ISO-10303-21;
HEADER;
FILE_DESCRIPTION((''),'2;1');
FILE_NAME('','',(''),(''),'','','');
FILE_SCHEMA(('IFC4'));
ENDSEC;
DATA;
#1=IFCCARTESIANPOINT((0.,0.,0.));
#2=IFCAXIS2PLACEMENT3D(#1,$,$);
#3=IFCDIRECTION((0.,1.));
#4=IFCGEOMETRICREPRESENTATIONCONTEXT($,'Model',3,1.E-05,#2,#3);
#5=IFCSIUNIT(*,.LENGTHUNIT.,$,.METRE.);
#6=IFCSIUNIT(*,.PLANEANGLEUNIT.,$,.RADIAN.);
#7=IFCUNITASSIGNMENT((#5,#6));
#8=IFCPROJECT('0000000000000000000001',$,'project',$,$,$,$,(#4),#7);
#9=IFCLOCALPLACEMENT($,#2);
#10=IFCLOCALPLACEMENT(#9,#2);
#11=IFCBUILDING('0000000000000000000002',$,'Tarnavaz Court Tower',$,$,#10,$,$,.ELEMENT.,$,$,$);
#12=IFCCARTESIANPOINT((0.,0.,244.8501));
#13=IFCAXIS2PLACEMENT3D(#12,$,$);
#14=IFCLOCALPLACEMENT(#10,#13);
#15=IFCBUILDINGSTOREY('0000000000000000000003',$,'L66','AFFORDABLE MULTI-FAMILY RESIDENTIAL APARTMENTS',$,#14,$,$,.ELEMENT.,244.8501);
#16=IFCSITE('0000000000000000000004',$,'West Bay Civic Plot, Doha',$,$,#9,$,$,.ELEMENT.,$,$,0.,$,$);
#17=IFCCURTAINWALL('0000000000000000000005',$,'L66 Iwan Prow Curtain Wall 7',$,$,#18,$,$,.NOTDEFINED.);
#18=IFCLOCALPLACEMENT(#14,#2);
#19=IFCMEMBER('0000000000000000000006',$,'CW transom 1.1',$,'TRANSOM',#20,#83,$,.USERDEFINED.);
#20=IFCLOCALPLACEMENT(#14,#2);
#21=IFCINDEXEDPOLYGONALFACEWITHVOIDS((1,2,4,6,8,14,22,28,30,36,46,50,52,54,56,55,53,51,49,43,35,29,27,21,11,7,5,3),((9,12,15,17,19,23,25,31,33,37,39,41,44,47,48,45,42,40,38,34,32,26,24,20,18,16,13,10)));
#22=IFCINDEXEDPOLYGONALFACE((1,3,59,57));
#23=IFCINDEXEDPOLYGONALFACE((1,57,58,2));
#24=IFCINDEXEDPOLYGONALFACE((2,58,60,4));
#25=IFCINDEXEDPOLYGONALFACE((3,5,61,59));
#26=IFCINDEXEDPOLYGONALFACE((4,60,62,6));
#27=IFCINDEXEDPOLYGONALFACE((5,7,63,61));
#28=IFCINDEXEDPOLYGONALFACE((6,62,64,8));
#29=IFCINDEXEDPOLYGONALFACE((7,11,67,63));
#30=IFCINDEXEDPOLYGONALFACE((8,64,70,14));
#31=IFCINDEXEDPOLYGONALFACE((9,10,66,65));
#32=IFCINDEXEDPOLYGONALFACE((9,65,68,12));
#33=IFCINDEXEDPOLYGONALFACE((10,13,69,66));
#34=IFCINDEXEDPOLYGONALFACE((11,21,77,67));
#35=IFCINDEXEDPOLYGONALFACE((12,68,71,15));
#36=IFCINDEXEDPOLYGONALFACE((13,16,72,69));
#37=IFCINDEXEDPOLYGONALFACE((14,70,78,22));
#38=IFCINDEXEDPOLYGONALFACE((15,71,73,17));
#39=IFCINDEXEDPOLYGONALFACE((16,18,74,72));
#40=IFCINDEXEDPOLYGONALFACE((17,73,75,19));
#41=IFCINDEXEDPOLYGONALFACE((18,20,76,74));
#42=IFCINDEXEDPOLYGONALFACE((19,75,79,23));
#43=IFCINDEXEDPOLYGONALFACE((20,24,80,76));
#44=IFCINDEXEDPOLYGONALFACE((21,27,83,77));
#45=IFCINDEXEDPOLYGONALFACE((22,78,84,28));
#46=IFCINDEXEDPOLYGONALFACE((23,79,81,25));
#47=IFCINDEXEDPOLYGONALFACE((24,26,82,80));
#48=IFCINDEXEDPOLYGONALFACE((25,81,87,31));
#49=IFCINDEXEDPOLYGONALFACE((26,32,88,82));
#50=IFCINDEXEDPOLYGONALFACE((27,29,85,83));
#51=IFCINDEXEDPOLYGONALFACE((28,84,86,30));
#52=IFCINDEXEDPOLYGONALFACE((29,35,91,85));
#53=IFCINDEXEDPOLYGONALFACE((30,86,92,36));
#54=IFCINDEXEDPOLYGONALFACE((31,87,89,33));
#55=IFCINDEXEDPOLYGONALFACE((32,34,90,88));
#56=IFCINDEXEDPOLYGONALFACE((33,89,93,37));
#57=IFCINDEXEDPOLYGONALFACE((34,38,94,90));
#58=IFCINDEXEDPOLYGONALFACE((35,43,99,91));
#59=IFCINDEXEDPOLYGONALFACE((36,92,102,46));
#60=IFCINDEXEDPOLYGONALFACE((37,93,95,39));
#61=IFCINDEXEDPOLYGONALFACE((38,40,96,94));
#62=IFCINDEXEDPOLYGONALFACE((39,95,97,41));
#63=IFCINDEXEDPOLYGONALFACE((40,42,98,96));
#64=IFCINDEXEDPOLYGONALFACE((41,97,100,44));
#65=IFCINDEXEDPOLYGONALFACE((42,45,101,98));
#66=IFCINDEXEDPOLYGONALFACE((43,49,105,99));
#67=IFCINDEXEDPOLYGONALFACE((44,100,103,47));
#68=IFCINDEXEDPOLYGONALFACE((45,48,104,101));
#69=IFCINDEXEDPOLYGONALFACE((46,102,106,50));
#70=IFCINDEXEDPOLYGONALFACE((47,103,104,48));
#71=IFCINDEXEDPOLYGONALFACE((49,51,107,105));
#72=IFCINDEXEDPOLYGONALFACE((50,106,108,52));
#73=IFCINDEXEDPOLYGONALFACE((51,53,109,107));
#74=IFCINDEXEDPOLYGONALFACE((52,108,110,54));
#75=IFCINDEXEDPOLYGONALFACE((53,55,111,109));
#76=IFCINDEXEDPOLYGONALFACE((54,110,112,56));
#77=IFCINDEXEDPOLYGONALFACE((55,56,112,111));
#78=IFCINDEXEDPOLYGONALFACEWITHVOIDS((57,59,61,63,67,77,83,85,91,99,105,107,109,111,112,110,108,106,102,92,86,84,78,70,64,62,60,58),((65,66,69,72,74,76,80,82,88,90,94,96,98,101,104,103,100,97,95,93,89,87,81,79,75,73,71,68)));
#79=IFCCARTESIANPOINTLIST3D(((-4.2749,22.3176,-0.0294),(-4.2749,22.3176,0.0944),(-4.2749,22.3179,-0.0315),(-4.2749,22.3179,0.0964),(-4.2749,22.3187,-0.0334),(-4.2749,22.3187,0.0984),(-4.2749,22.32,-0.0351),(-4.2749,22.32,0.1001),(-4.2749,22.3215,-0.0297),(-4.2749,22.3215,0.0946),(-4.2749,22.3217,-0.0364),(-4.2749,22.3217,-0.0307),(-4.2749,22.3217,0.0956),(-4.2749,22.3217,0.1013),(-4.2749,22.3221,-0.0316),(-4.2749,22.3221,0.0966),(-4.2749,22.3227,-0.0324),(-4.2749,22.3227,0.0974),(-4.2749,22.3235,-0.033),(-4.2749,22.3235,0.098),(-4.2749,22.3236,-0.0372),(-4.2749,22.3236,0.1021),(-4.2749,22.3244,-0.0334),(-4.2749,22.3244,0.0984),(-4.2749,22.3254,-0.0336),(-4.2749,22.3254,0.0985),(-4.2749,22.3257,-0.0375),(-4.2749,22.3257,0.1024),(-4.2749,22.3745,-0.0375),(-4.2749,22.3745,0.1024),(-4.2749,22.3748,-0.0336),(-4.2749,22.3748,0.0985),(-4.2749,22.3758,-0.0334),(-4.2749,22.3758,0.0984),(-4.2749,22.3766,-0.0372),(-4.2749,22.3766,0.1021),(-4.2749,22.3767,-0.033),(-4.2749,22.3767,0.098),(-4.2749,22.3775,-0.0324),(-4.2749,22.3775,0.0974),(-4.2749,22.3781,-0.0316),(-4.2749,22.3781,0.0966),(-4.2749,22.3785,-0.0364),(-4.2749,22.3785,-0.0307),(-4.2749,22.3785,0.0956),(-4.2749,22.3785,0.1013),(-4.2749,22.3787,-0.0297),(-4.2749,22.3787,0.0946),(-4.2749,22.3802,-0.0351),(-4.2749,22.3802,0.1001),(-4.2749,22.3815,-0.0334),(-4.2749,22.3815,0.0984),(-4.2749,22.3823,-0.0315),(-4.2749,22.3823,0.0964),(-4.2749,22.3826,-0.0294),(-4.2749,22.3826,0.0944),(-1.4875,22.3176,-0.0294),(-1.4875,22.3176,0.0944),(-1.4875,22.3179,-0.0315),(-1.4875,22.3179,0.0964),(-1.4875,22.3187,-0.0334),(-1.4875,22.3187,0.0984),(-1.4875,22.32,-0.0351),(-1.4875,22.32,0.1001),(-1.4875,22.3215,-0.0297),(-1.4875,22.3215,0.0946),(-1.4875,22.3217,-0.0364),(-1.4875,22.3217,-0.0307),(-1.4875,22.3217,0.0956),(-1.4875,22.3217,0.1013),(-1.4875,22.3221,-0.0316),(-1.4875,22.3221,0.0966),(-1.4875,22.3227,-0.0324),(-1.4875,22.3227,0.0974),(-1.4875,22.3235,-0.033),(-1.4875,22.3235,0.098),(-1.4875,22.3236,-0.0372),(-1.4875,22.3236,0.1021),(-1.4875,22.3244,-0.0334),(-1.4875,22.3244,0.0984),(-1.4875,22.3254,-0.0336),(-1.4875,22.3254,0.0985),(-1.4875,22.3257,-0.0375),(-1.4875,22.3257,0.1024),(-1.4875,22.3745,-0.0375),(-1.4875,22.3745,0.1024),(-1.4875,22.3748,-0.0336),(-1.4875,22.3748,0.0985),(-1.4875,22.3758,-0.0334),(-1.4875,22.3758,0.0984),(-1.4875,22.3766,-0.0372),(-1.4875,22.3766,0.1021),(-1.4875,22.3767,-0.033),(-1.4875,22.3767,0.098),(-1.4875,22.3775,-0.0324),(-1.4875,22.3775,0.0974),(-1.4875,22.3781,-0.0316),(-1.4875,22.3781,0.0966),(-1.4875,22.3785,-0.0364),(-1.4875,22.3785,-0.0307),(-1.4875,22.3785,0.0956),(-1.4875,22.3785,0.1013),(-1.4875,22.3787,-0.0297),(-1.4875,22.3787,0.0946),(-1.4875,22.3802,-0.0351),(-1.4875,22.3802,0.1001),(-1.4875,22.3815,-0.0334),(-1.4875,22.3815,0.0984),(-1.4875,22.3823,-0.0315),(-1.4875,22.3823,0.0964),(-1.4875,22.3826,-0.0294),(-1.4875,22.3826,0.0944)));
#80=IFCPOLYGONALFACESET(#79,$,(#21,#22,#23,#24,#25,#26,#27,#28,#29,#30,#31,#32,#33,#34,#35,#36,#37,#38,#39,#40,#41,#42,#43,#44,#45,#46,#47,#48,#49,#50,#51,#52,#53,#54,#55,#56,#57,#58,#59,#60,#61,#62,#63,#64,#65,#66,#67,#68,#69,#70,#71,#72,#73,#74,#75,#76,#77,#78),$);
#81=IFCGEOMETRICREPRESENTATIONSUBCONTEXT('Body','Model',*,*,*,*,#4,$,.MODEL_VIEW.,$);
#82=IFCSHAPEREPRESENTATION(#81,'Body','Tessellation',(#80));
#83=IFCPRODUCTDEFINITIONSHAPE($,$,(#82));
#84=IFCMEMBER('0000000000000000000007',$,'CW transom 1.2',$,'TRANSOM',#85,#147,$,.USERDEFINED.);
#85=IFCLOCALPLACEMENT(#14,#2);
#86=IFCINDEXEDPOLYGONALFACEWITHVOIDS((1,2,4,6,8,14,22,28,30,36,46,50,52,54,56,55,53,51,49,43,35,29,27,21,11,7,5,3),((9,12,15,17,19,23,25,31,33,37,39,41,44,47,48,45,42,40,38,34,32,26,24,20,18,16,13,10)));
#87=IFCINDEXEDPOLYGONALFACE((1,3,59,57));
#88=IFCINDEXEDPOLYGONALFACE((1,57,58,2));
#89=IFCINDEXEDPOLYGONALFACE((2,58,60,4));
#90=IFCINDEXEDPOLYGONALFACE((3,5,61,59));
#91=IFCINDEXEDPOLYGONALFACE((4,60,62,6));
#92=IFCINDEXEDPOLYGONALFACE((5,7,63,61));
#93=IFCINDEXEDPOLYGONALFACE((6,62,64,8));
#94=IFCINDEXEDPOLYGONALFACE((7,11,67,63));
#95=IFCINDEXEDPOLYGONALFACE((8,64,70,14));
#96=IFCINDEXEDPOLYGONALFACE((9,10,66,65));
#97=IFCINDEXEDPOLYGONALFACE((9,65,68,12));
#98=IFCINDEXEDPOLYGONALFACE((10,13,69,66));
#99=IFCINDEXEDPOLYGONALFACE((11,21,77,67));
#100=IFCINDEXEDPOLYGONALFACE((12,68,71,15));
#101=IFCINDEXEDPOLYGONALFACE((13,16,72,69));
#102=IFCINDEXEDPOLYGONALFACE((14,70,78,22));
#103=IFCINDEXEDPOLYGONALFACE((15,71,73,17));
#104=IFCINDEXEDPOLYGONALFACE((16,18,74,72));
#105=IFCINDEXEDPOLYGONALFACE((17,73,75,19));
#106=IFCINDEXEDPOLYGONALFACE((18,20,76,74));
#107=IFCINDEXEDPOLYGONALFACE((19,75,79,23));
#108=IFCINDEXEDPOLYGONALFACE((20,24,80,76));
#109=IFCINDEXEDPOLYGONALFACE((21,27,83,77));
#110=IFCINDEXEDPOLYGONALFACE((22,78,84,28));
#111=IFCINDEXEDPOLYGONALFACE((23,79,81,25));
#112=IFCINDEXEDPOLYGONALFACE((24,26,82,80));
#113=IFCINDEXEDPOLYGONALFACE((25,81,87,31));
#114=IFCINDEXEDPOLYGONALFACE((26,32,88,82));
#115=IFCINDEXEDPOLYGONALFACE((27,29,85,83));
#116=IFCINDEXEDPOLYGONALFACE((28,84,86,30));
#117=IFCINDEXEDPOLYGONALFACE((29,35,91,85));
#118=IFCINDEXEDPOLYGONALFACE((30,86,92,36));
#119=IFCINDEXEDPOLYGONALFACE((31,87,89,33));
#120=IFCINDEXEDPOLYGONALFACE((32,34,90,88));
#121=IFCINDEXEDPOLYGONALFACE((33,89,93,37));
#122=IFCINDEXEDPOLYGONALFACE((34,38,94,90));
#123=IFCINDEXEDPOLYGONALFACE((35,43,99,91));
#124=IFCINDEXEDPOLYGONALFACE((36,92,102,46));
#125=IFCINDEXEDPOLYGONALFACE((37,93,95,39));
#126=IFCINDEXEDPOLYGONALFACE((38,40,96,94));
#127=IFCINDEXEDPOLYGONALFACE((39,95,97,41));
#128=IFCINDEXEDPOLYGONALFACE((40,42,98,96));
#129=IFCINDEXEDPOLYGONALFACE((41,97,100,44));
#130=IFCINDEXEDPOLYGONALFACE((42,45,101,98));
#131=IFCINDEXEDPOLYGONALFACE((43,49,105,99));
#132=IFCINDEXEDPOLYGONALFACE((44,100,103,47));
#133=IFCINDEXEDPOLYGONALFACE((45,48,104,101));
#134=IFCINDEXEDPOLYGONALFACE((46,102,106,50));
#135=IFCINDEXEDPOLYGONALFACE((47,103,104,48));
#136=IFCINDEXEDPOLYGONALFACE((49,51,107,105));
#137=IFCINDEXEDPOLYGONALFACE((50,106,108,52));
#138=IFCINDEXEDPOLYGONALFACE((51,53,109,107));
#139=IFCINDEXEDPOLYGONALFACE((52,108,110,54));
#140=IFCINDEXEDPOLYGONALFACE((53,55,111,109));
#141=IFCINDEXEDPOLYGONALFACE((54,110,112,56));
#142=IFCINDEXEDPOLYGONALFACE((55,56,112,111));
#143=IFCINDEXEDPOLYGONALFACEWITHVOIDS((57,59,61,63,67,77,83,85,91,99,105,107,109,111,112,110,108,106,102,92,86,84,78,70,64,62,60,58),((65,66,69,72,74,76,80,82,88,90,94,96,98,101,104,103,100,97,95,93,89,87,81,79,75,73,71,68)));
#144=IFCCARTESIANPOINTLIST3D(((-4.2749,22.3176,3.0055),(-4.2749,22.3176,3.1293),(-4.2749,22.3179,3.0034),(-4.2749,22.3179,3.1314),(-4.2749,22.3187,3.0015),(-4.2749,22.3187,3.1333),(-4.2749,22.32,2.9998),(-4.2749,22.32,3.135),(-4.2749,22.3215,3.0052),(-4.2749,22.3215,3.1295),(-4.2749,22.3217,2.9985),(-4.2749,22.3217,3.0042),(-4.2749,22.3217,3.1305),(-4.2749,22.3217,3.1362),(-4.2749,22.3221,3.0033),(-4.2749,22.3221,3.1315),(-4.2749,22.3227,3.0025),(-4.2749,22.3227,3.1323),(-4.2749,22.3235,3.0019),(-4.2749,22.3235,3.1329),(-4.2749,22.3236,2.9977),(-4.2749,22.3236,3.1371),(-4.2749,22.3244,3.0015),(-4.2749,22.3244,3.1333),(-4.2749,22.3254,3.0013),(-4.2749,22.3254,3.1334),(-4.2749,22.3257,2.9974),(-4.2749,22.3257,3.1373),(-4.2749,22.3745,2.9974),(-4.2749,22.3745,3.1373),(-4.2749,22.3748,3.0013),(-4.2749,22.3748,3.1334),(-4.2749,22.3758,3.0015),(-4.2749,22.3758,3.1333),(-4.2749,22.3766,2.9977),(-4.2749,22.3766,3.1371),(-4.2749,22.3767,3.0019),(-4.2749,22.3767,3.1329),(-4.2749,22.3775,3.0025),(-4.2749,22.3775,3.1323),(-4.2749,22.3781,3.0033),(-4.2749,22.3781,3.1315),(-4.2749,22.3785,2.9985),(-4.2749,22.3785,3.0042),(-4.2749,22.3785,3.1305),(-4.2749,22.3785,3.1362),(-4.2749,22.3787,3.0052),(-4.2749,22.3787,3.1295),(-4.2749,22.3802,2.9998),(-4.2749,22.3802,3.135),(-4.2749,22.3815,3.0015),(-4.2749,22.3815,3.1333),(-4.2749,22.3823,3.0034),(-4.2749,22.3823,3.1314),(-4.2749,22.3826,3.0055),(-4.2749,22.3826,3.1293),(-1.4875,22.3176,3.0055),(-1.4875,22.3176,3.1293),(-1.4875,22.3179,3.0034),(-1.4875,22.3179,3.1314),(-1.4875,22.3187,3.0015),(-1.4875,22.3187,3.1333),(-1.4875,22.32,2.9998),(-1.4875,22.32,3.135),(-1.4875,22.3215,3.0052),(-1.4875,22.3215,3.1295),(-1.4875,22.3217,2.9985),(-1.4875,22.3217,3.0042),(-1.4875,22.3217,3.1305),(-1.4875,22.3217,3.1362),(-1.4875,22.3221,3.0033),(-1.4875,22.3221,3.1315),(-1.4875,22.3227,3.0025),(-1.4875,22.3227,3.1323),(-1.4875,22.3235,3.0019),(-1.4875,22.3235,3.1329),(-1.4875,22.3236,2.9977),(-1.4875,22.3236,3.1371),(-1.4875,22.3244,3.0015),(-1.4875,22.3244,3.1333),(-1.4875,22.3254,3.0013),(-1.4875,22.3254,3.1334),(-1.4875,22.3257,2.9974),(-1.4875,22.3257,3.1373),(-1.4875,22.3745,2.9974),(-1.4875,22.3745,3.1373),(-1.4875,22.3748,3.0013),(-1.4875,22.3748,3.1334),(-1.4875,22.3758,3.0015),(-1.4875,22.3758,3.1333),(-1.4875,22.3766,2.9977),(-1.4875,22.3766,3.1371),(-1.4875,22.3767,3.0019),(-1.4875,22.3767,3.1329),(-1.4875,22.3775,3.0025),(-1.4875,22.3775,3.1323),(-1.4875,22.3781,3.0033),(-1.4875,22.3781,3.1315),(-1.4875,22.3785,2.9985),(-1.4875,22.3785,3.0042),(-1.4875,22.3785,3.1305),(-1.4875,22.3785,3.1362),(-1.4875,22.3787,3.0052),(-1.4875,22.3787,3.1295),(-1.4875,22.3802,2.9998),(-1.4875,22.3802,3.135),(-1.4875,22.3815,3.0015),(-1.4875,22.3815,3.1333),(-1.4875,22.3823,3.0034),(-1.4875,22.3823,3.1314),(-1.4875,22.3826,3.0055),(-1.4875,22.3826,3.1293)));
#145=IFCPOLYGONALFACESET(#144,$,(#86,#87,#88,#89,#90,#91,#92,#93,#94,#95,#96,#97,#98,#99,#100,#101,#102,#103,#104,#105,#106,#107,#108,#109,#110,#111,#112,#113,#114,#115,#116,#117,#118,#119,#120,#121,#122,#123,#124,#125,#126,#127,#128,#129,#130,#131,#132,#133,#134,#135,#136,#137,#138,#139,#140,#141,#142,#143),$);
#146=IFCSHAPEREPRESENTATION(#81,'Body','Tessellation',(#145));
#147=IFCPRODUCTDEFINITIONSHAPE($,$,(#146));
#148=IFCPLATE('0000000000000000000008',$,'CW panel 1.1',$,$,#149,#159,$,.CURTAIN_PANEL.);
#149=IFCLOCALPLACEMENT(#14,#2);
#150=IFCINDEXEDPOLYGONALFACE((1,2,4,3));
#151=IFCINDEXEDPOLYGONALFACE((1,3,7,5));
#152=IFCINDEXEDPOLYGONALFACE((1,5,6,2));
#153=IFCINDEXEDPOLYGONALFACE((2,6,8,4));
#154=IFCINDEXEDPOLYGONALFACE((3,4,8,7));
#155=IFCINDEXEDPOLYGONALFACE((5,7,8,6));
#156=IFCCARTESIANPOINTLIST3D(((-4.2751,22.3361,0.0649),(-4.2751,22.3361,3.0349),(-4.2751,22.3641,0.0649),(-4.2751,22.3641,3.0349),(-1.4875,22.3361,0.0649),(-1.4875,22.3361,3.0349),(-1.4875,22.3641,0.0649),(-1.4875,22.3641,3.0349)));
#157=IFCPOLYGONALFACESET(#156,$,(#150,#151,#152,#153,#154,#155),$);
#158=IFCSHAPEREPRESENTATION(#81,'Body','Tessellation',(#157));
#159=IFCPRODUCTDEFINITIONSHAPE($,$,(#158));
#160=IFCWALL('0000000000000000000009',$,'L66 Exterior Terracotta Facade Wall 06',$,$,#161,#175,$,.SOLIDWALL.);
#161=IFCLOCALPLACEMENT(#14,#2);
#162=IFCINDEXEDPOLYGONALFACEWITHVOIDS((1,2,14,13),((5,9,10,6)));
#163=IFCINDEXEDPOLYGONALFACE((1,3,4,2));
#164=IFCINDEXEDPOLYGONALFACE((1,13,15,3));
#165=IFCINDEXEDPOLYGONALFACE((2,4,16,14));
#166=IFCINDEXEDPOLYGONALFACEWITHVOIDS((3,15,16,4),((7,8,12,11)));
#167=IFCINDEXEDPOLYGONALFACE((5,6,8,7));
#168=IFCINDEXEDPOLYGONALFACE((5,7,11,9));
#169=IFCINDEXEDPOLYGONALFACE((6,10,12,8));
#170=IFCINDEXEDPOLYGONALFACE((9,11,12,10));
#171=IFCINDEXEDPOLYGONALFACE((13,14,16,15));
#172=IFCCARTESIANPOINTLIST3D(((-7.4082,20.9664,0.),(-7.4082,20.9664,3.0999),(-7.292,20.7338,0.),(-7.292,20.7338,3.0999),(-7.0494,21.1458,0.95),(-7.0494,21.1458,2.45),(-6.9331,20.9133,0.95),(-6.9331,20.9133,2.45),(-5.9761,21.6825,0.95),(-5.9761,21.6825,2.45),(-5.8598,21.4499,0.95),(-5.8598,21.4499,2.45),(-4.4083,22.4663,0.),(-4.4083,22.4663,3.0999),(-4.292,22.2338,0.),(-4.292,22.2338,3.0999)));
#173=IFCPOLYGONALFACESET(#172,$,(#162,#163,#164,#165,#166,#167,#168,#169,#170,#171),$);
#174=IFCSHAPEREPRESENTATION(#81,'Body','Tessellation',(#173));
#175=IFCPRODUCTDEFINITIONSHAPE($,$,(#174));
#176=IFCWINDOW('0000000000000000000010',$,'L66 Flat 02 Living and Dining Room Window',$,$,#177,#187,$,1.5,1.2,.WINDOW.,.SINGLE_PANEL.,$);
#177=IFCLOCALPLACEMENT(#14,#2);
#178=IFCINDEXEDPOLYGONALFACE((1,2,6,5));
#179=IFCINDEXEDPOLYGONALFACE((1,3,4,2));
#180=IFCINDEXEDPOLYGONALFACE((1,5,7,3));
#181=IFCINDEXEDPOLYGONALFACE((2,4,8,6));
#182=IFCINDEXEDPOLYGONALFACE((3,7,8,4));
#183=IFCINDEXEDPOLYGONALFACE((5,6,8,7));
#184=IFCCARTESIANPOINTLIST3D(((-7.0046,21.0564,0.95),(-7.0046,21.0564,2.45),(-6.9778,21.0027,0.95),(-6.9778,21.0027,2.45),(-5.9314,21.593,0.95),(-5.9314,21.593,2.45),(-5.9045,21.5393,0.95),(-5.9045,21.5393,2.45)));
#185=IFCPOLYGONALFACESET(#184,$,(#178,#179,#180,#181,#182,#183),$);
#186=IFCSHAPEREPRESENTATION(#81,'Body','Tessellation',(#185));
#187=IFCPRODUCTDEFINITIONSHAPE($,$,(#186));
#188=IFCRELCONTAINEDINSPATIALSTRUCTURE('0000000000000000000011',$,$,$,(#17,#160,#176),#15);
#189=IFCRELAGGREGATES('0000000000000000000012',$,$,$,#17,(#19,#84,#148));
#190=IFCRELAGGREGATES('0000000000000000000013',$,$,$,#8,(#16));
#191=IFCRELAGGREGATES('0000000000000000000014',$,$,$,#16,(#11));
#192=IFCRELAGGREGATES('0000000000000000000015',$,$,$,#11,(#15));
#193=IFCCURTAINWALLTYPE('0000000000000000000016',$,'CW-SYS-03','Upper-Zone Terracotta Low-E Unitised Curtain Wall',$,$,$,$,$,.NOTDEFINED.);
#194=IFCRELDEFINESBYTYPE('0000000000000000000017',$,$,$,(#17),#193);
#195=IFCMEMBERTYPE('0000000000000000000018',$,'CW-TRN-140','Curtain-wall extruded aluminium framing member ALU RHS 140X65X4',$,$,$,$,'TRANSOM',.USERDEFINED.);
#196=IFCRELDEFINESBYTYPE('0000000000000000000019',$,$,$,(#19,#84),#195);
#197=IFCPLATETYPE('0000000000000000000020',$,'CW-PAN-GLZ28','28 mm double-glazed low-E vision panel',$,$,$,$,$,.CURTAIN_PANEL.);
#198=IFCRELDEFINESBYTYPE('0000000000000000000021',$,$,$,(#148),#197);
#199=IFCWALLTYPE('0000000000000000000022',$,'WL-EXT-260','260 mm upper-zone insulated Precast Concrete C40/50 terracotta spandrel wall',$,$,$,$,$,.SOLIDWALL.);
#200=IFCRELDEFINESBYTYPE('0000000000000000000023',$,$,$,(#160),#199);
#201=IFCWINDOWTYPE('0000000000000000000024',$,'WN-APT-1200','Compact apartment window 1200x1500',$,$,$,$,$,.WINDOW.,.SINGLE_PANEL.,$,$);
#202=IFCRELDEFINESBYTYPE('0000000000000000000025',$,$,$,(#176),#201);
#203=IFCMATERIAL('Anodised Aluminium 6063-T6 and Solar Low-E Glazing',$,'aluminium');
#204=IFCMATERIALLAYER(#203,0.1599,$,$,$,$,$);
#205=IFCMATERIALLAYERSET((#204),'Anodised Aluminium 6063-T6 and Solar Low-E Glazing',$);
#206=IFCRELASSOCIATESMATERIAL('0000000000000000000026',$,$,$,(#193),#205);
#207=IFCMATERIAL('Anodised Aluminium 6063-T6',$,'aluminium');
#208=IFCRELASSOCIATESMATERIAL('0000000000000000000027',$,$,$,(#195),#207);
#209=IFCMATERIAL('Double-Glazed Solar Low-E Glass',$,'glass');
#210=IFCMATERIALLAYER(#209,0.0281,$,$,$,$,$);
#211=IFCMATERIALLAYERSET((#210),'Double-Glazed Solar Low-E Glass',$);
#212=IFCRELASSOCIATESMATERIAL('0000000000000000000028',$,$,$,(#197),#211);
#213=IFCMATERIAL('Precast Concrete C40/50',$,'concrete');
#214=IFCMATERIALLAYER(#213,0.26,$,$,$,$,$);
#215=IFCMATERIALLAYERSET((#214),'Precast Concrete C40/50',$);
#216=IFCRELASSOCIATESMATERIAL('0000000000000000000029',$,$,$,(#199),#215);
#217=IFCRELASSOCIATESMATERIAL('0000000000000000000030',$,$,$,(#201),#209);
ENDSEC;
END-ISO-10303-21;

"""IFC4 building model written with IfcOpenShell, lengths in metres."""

from ifc_helpers import new_model, si_unit, direction, frame, frame_2d, origin, origin_2d, place, context, subcontext, project, spatial, rectangle, hollow_rectangle, extrude, material, layer, layer_set, material_profile, profile_set, type_object, element, fill, aggregate, save


model = new_model("IFC4")

# Units and contexts
model_context = context("Model", 3, precision=1e-05, world=origin(), true_north=direction((0.0, 1.0)))
body_context = subcontext(model_context, "Body", "Model", "MODEL_VIEW")
ifc_project = project(units=[si_unit("LENGTHUNIT", "METRE"), si_unit("PLANEANGLEUNIT", "RADIAN")], contexts=[model_context])

# Site, building, storey
site_placement = place(None, origin())
site = spatial("IfcSite", under=ifc_project, at=site_placement, Name="West Bay Civic Plot, Doha", CompositionType="ELEMENT", RefElevation=0.0)
building_placement = place(site_placement, origin())
building = spatial("IfcBuilding", under=site, at=building_placement, Name="Tarnavaz Court Tower", CompositionType="ELEMENT")
storey_placement = place(building_placement, frame((0.0, 0.0, 244.8501)))
storey = spatial("IfcBuildingStorey", under=building, at=storey_placement, Name="L66", Description="AFFORDABLE MULTI-FAMILY RESIDENTIAL APARTMENTS", CompositionType="ELEMENT", Elevation=244.8501)

# Curtain wall, members, plate
ifc_material_1 = material(Name="Anodised Aluminium 6063-T6 and Solar Low-E Glazing", Category="aluminium")
ifc_layer_1 = layer(ifc_material_1, 0.1599)
ifc_layer_set_1 = layer_set([ifc_layer_1], Name="Anodised Aluminium 6063-T6 and Solar Low-E Glazing")
curtain_wall_type = type_object("IfcCurtainWallType", Name="CW-SYS-03", Description="Upper-Zone Terracotta Low-E Unitised Curtain Wall", PredefinedType="NOTDEFINED", material=ifc_layer_set_1)
curtain_wall_placement = place(storey_placement, origin())
curtain_wall = element("IfcCurtainWall", 1, at=curtain_wall_placement, inside=storey, type_object=curtain_wall_type, Name="L66 Iwan Prow Curtain Wall 7", PredefinedType="NOTDEFINED")
ifc_material_2 = material(Name="Anodised Aluminium 6063-T6", Category="aluminium")
ifc_material_profile_1 = material_profile(ifc_material_2, hollow_rectangle(XDim=0.0649, YDim=0.1399, WallThickness=0.0039, InnerFilletRadius=0.0039, OuterFilletRadius=0.0081, at=origin_2d()), Name="ALU RHS 140X65X4")
ifc_profile_set_1 = profile_set([ifc_material_profile_1], Name="Anodised Aluminium 6063-T6")
member_type_1 = type_object("IfcMemberType", Name="CW-TRN-140", Description="Curtain-wall extruded aluminium framing member ALU RHS 140X65X4", ElementType="TRANSOM", PredefinedType="USERDEFINED", material=ifc_profile_set_1)
member_1_placement = place(storey_placement, frame((-4.2749, 22.3501, 0.0325), z_axis=(1.0, 0.0, 0.0), x_axis=(0.0, 1.0, 0.0)))
member_1 = element("IfcMember", 2, at=member_1_placement, type_object=member_type_1, Name="CW transom 1.1", ObjectType="TRANSOM", PredefinedType="USERDEFINED", context=body_context, shape_type="SweptSolid", body=[
    extrude(hollow_rectangle(XDim=0.0649, YDim=0.1399, WallThickness=0.0039, InnerFilletRadius=0.0039, OuterFilletRadius=0.0081, at=origin_2d()), origin(), (0.0, 0.0, 1.0), 2.7874),
])
member_2_placement = place(storey_placement, frame((-4.2749, 22.3501, 3.0674), z_axis=(1.0, 0.0, 0.0), x_axis=(0.0, 1.0, 0.0)))
member_2 = element("IfcMember", 3, at=member_2_placement, type_object=member_type_1, Name="CW transom 1.2", ObjectType="TRANSOM", PredefinedType="USERDEFINED", context=body_context, shape_type="SweptSolid", body=[
    extrude(hollow_rectangle(XDim=0.0649, YDim=0.1399, WallThickness=0.0039, InnerFilletRadius=0.0039, OuterFilletRadius=0.0081, at=origin_2d()), origin(), (0.0, 0.0, 1.0), 2.7874),
])
ifc_material_3 = material(Name="Double-Glazed Solar Low-E Glass", Category="glass")
ifc_layer_2 = layer(ifc_material_3, 0.0281)
ifc_layer_set_2 = layer_set([ifc_layer_2], Name="Double-Glazed Solar Low-E Glass")
plate_type = type_object("IfcPlateType", Name="CW-PAN-GLZ28", Description="28 mm double-glazed low-E vision panel", PredefinedType="CURTAIN_PANEL", material=ifc_layer_set_2)
plate_placement = place(storey_placement, frame((-2.8813, 22.3501, 0.0649), z_axis=(0.0, 0.0, 1.0), x_axis=(1.0, 0.0, 0.0)))
plate = element("IfcPlate", 4, at=plate_placement, type_object=plate_type, Name="CW panel 1.1", PredefinedType="CURTAIN_PANEL", context=body_context, shape_type="SweptSolid", body=[
    extrude(rectangle(XDim=2.7876, YDim=0.0281, at=origin_2d()), origin(), (0.0, 0.0, 1.0), 2.97),
])
aggregate(curtain_wall, [member_1, member_2, plate])

# Wall, opening, window
ifc_material_4 = material(Name="Precast Concrete C40/50", Category="concrete")
ifc_layer_3 = layer(ifc_material_4, 0.26)
ifc_layer_set_3 = layer_set([ifc_layer_3], Name="Precast Concrete C40/50")
wall_type_1 = type_object("IfcWallType", Name="WL-EXT-260", Description="260 mm upper-zone insulated Precast Concrete C40/50 terracotta spandrel wall", PredefinedType="SOLIDWALL", material=ifc_layer_set_3)
wall_1_placement = place(storey_placement, frame((-7.3501, 20.8501, 0.0), z_axis=(0.0, 0.0, 1.0), x_axis=(0.894427, 0.447214, 0.0)))
wall_1 = element("IfcWall", 5, at=wall_1_placement, inside=storey, type_object=wall_type_1, Name="L66 Exterior Terracotta Facade Wall 06", PredefinedType="SOLIDWALL", context=body_context, shape_type="SweptSolid", body=[
    extrude(rectangle(XDim=3.354, YDim=0.26, at=frame_2d((1.677, 0.0))), origin(), (0.0, 0.0, 1.0), 3.0999),
])
opening_1_placement = place(wall_1_placement, frame((0.4011, 0.0, 0.95)))
opening_1 = element("IfcOpeningElement", 6, at=opening_1_placement, cuts=wall_1, PredefinedType="OPENING", context=body_context, shape_type="SweptSolid", body=[
    extrude(rectangle(XDim=1.2, YDim=1.5, at=frame_2d((0.6001, 0.75))), frame((0.0, 0.1399, 0.0), z_axis=(0.0, -1.0, 0.0), x_axis=(1.0, 0.0, 0.0)), (0.0, 0.0, 1.0), 0.28),
])
window_type = type_object("IfcWindowType", Name="WN-APT-1200", Description="Compact apartment window 1200x1500", PartitioningType="SINGLE_PANEL", PredefinedType="WINDOW", material=ifc_material_3)
window_placement = place(opening_1_placement, origin())
window = element("IfcWindow", 7, at=window_placement, inside=storey, type_object=window_type, Name="L66 Flat 02 Living and Dining Room Window", OverallHeight=1.5, OverallWidth=1.2, PartitioningType="SINGLE_PANEL", PredefinedType="WINDOW", context=body_context, shape_type="SweptSolid", body=[
    extrude(rectangle(XDim=1.2, YDim=1.5, at=frame_2d((0.6001, 0.75))), frame((0.0, 0.03, 0.0), z_axis=(0.0, -1.0, 0.0), x_axis=(1.0, 0.0, 0.0)), (0.0, 0.0, 1.0), 0.0601),
])
fill(opening_1, window)

save(model, "model.ifc")
